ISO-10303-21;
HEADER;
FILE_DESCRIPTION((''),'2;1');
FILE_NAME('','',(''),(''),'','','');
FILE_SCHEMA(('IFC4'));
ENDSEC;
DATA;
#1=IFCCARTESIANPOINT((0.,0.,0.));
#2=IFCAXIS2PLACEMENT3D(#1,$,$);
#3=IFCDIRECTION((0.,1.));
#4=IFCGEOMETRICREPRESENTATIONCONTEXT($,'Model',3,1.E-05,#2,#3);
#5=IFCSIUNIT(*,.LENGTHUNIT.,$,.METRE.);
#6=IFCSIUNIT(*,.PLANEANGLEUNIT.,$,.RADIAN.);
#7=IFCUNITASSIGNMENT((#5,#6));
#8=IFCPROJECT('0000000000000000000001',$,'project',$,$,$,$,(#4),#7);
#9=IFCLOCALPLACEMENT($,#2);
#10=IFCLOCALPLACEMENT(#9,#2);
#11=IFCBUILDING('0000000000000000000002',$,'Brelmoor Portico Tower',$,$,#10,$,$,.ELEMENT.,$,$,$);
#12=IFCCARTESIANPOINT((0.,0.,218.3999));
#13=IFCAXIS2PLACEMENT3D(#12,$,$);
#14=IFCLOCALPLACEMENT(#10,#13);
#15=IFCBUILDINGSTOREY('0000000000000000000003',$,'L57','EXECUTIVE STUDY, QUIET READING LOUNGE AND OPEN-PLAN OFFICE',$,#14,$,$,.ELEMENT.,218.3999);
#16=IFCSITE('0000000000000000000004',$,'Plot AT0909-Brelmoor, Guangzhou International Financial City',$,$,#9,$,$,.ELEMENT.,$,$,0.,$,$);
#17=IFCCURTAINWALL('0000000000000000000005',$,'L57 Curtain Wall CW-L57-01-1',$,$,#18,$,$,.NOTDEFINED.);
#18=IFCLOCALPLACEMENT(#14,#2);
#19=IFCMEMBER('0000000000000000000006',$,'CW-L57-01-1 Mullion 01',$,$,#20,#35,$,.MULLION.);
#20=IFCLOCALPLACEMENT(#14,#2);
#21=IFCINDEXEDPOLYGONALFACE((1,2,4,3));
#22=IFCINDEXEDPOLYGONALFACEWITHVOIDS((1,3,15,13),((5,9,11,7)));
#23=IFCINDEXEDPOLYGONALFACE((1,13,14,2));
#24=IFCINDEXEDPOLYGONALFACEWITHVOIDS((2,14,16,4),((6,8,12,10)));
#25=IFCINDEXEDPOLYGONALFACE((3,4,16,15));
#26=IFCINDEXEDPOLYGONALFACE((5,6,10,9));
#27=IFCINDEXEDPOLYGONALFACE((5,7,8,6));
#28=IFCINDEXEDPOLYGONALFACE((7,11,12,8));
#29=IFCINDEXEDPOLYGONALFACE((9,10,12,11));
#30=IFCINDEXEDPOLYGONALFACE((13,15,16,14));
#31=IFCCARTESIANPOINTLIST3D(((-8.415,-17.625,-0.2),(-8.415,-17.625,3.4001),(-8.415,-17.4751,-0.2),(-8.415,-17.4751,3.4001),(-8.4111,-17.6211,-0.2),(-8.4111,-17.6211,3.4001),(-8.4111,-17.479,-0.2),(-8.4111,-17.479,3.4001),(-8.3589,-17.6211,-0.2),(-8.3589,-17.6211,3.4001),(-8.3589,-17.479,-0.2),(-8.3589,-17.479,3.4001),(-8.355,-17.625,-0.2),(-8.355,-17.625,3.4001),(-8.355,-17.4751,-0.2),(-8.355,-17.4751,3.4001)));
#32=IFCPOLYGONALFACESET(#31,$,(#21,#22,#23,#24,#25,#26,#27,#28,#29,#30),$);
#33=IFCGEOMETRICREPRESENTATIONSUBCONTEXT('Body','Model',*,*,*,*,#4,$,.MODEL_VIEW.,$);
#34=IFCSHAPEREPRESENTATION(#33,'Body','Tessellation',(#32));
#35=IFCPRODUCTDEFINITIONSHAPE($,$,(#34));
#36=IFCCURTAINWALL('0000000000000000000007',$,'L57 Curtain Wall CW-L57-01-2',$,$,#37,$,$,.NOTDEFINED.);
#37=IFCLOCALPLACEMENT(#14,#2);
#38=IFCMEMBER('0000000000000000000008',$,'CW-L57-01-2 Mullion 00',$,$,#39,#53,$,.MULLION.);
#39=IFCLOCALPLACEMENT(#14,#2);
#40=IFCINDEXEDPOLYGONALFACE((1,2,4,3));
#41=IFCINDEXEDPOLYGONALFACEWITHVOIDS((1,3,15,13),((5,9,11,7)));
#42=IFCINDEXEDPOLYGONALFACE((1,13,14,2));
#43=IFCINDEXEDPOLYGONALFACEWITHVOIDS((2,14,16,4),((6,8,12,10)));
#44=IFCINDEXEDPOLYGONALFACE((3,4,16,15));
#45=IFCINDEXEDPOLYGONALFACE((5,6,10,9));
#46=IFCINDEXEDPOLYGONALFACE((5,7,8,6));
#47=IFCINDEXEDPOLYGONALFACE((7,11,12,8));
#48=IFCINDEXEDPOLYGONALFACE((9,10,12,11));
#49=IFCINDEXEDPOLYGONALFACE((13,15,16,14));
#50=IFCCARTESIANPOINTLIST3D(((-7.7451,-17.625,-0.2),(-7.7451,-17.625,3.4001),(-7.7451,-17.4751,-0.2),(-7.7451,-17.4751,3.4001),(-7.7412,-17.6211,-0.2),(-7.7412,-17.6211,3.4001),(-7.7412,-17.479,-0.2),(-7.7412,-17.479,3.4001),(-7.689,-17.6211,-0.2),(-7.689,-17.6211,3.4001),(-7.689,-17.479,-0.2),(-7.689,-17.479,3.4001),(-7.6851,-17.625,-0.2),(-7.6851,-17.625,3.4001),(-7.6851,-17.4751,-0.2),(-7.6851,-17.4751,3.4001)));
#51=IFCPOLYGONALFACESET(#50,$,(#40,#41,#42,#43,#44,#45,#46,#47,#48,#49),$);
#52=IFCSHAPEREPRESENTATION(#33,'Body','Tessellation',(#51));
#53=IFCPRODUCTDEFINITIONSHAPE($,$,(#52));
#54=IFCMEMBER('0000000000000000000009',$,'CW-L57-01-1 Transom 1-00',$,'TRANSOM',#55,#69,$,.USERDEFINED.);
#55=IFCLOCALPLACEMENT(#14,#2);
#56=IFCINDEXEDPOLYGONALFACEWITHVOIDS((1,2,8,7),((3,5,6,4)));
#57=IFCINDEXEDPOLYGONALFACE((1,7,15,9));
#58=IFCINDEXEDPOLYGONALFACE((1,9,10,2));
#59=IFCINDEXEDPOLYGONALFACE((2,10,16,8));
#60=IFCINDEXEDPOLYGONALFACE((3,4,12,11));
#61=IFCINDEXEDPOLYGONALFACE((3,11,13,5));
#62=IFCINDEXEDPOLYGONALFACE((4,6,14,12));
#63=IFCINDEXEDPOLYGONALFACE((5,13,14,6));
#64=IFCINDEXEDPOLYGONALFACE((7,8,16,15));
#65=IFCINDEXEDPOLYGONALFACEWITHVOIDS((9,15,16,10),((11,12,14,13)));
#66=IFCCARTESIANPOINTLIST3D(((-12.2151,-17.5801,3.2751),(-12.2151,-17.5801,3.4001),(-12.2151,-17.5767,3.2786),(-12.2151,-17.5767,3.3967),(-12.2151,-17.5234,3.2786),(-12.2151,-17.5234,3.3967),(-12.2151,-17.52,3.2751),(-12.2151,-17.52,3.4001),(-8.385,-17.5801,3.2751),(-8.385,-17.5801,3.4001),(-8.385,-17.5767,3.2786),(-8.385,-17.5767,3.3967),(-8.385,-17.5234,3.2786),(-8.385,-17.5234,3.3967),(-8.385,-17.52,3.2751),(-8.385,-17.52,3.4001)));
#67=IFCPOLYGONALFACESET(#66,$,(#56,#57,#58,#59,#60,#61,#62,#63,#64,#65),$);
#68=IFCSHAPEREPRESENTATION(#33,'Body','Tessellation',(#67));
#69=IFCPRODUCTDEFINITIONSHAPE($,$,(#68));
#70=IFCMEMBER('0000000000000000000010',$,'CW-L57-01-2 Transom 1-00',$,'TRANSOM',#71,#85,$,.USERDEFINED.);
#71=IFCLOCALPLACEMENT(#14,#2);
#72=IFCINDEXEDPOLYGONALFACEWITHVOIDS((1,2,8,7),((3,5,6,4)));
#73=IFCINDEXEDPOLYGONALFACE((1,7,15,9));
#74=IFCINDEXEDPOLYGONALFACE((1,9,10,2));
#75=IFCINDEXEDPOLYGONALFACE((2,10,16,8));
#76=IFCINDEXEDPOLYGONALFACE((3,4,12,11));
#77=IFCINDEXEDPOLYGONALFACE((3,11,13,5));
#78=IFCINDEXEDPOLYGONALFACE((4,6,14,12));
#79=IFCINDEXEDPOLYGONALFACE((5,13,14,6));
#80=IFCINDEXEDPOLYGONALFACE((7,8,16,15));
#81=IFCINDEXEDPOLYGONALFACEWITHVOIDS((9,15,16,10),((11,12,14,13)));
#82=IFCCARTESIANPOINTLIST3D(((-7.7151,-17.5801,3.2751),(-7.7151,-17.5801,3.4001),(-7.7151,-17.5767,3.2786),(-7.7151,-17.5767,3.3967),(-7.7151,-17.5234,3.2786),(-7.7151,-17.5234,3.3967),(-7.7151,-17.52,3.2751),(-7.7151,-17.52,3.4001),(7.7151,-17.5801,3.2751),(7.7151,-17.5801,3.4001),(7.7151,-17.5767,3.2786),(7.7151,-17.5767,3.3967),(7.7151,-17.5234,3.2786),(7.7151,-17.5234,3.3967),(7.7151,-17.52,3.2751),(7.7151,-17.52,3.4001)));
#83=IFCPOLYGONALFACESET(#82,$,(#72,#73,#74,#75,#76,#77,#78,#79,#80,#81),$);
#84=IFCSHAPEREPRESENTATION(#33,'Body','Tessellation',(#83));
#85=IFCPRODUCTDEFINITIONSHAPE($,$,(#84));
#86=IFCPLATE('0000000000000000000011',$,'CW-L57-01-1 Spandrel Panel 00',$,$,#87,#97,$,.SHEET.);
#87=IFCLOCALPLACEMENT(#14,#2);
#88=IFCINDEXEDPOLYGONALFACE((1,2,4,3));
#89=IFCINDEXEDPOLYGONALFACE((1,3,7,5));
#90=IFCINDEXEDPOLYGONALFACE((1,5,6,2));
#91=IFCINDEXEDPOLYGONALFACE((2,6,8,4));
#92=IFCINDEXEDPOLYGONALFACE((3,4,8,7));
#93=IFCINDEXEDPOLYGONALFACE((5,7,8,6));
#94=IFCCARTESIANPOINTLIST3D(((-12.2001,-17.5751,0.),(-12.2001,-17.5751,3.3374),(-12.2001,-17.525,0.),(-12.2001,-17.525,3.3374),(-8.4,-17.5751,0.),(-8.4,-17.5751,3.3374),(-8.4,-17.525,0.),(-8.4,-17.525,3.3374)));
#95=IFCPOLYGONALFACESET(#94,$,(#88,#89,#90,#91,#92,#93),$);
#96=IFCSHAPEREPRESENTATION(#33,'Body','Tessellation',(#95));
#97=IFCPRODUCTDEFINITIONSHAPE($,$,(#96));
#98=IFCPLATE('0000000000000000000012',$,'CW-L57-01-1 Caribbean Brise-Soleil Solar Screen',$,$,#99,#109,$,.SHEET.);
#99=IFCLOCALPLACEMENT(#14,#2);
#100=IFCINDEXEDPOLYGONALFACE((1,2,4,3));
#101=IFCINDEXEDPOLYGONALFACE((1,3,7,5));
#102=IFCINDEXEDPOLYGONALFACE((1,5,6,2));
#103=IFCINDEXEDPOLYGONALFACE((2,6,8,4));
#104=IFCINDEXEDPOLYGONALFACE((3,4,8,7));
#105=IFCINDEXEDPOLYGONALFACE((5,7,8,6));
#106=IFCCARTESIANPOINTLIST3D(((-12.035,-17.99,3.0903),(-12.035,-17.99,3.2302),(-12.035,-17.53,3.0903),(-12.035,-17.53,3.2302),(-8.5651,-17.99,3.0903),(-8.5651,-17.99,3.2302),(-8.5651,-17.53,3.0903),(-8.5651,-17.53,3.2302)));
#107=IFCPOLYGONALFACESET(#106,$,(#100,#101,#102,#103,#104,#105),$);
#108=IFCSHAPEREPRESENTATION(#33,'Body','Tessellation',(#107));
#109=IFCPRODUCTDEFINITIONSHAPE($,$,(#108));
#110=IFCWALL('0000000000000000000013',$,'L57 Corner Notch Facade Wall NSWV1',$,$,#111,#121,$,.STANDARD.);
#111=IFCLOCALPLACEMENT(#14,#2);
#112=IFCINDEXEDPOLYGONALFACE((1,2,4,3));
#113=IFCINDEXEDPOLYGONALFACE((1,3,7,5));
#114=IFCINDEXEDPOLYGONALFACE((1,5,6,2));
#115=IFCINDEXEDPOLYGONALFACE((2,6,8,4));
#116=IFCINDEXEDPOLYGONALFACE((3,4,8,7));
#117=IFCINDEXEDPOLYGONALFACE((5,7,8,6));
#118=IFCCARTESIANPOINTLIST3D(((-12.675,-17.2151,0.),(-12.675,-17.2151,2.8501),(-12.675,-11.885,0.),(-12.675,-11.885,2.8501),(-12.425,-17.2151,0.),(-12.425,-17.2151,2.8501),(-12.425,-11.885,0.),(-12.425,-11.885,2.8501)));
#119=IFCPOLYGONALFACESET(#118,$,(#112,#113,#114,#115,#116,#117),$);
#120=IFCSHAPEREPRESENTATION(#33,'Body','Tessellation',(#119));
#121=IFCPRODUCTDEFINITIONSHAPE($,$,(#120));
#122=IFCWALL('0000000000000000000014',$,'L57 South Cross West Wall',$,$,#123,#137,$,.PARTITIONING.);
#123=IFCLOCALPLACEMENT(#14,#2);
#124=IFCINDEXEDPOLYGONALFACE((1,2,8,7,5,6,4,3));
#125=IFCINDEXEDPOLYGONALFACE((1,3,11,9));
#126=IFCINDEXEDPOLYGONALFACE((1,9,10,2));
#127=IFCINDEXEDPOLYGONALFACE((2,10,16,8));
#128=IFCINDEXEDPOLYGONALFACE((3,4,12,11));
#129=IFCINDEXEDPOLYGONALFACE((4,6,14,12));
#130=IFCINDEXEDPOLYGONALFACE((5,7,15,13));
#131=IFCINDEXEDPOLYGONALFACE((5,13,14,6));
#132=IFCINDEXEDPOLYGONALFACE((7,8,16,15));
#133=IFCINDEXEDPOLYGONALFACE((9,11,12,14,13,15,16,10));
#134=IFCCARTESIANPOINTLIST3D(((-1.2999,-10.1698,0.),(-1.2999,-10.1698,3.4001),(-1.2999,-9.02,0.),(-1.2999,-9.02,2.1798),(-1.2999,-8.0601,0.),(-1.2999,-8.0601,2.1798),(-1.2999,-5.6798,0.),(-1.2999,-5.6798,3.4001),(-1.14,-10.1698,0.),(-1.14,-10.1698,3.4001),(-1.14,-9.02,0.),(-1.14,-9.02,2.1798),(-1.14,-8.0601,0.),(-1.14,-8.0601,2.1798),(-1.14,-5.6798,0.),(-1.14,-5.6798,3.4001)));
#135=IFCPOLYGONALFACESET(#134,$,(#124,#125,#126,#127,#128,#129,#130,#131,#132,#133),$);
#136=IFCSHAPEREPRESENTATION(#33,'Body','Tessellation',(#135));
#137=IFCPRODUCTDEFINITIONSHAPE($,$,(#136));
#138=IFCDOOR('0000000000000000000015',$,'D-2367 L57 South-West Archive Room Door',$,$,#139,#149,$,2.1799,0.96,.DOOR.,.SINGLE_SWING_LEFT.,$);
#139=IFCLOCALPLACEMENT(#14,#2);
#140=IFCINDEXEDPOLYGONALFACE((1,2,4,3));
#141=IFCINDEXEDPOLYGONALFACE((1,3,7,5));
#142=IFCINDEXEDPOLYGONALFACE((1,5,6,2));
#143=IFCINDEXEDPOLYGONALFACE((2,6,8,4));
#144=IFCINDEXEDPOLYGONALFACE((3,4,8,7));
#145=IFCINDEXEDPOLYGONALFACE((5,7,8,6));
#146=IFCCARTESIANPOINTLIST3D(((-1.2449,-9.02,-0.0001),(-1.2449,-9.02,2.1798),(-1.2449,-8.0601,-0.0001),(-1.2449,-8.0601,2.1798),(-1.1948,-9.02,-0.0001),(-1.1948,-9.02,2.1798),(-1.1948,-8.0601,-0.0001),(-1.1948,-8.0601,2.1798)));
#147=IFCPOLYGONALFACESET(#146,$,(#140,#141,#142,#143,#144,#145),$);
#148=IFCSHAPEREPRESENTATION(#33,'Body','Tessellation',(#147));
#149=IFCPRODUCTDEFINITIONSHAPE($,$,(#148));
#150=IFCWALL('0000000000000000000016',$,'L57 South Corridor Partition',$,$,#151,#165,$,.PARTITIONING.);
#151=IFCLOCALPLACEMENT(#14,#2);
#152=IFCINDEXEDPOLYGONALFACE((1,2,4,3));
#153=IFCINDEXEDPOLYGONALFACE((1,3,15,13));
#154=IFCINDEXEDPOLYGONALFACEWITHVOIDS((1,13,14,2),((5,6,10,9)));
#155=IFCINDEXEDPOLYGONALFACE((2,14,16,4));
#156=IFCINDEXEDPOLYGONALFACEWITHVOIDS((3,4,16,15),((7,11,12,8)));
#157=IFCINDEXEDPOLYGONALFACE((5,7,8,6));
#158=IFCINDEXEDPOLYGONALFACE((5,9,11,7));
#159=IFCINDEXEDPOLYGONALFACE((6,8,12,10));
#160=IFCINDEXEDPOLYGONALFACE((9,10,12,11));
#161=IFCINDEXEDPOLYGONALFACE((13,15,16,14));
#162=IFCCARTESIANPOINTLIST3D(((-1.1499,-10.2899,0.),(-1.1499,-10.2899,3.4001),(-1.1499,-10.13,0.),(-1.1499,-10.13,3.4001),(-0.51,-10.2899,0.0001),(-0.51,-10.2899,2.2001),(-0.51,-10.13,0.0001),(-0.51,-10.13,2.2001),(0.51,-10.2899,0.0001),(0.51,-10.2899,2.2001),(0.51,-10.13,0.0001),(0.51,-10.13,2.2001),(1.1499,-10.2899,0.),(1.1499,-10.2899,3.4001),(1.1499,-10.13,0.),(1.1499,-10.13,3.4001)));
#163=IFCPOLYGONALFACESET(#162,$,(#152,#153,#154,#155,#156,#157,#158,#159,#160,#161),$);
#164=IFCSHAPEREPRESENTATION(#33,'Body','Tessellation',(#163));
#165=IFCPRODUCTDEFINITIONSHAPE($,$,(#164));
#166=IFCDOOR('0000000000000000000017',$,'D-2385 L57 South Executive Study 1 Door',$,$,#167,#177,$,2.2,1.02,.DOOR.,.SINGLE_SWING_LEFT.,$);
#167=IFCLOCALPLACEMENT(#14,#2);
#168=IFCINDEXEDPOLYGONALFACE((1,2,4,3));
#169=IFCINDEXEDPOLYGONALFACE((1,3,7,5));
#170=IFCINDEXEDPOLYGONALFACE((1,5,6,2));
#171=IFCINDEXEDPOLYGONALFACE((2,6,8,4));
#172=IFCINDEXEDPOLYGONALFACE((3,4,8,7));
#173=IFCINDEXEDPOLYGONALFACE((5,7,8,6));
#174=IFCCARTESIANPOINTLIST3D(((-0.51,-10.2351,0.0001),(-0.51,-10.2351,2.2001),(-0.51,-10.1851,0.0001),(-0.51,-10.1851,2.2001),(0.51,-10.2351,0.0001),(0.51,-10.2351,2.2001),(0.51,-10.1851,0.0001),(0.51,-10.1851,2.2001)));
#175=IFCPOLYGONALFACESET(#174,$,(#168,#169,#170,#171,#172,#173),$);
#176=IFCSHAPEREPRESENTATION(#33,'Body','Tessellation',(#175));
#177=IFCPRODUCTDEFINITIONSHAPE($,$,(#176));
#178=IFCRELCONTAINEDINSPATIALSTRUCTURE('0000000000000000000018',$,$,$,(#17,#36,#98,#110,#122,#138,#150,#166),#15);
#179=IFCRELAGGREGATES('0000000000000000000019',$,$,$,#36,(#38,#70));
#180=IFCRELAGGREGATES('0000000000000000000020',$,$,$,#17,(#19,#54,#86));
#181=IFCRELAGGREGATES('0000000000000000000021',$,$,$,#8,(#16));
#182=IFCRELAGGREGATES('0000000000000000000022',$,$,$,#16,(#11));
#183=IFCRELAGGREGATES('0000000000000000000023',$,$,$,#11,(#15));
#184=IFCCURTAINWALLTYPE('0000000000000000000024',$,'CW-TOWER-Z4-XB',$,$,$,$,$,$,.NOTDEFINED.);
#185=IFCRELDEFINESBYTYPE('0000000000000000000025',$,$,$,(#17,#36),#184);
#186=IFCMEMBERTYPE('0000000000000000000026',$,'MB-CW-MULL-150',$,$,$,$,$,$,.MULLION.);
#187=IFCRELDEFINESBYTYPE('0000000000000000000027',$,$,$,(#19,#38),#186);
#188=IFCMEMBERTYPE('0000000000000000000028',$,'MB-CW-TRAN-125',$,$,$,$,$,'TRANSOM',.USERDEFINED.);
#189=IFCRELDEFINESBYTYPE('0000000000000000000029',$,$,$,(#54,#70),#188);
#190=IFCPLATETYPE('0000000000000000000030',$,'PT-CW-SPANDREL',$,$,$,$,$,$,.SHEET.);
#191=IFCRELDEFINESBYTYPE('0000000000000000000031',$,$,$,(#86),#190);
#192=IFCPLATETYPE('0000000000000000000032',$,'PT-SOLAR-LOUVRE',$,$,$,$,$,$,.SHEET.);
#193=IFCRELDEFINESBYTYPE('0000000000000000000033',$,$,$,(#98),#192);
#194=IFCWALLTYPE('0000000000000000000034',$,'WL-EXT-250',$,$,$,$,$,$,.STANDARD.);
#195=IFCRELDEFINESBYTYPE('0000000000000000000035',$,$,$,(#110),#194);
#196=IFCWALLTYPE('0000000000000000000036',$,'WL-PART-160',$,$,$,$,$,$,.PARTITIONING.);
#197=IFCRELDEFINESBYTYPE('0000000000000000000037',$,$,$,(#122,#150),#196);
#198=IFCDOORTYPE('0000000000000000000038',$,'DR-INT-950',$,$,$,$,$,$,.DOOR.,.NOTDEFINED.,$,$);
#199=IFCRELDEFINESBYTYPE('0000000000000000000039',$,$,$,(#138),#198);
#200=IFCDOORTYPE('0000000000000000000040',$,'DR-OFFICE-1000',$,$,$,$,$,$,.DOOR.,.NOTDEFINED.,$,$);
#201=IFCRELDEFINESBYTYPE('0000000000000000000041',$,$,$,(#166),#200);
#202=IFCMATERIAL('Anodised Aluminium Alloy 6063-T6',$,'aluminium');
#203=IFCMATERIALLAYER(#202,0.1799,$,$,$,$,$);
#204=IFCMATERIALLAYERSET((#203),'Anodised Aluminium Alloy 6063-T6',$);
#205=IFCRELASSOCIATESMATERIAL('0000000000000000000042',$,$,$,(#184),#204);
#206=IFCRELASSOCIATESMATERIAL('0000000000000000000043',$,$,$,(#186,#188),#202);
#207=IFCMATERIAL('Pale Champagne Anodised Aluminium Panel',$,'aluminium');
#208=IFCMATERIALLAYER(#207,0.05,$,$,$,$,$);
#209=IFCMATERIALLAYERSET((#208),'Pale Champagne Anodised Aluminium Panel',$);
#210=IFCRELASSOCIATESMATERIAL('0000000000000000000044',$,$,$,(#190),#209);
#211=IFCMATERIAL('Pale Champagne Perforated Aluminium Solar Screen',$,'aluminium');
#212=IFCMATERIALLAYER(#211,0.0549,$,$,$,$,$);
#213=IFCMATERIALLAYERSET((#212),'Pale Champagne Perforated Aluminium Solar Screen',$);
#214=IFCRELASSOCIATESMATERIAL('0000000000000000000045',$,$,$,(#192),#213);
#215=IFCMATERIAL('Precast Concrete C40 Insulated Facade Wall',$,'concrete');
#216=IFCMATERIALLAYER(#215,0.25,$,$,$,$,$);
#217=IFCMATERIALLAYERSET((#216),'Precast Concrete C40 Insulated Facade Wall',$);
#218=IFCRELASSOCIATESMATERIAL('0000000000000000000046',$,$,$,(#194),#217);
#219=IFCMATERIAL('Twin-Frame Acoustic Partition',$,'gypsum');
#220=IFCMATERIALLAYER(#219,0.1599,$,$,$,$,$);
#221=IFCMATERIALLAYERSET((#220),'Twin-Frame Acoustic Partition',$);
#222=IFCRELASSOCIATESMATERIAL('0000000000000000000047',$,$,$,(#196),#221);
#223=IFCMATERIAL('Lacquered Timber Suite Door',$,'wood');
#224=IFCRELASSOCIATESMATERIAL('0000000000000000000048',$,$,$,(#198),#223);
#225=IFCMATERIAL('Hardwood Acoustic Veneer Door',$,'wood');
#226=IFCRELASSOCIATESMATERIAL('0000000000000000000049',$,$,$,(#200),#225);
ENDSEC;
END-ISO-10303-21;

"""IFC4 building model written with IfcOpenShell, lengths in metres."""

from ifc_helpers import new_model, si_unit, direction, frame, frame_2d, origin, origin_2d, place, context, subcontext, project, spatial, rectangle, hollow_rectangle, extrude, material, layer, layer_set, material_profile, profile_set, type_object, element, fill, aggregate, save


model = new_model("IFC4")

# Units and contexts
model_context = context("Model", 3, precision=1e-05, world=origin(), true_north=direction((0.0, 1.0)))
body_context = subcontext(model_context, "Body", "Model", "MODEL_VIEW")
ifc_project = project(units=[si_unit("LENGTHUNIT", "METRE"), si_unit("PLANEANGLEUNIT", "RADIAN")], contexts=[model_context])

# Site, building, storey
site_placement = place(None, origin())
site = spatial("IfcSite", under=ifc_project, at=site_placement, Name="Plot AT0909-Brelmoor, Guangzhou International Financial City", CompositionType="ELEMENT", RefElevation=0.0)
building_placement = place(site_placement, origin())
building = spatial("IfcBuilding", under=site, at=building_placement, Name="Brelmoor Portico Tower", CompositionType="ELEMENT")
storey_placement = place(building_placement, frame((0.0, 0.0, 218.3999)))
storey = spatial("IfcBuildingStorey", under=building, at=storey_placement, Name="L57", Description="EXECUTIVE STUDY, QUIET READING LOUNGE AND OPEN-PLAN OFFICE", CompositionType="ELEMENT", Elevation=218.3999)

# Curtain wall, member
ifc_material_1 = material(Name="Anodised Aluminium Alloy 6063-T6", Category="aluminium")
ifc_layer_1 = layer(ifc_material_1, 0.1799)
ifc_layer_set_1 = layer_set([ifc_layer_1], Name="Anodised Aluminium Alloy 6063-T6")
curtain_wall_type = type_object("IfcCurtainWallType", Name="CW-TOWER-Z4-XB", PredefinedType="NOTDEFINED", material=ifc_layer_set_1)
curtain_wall_1_placement = place(storey_placement, origin())
curtain_wall_1 = element("IfcCurtainWall", 1, at=curtain_wall_1_placement, inside=storey, type_object=curtain_wall_type, Name="L57 Curtain Wall CW-L57-01-1", PredefinedType="NOTDEFINED")
ifc_material_profile_1 = material_profile(ifc_material_1, hollow_rectangle(XDim=0.0601, YDim=0.1499, WallThickness=0.0039, at=origin_2d()), Name="ALU MULLION 60x150")
ifc_profile_set_1 = profile_set([ifc_material_profile_1], Name="Anodised Aluminium Alloy 6063-T6")
member_type_1 = type_object("IfcMemberType", Name="MB-CW-MULL-150", PredefinedType="MULLION", material=ifc_profile_set_1)
member_1_placement = place(storey_placement, frame((-8.385, -17.55, -0.2), z_axis=(0.0, 0.0, 1.0), x_axis=(1.0, 0.0, 0.0)))
member_1 = element("IfcMember", 2, at=member_1_placement, type_object=member_type_1, Name="CW-L57-01-1 Mullion 01", PredefinedType="MULLION", context=body_context, shape_type="SweptSolid", body=[
    extrude(hollow_rectangle(XDim=0.0601, YDim=0.1499, WallThickness=0.0039, at=origin_2d()), origin(), (0.0, 0.0, 1.0), 3.6001),
])

# Curtain wall, member
curtain_wall_2_placement = place(storey_placement, origin())
curtain_wall_2 = element("IfcCurtainWall", 3, at=curtain_wall_2_placement, inside=storey, type_object=curtain_wall_type, Name="L57 Curtain Wall CW-L57-01-2", PredefinedType="NOTDEFINED")
member_2_placement = place(storey_placement, frame((-7.7151, -17.55, -0.2), z_axis=(0.0, 0.0, 1.0), x_axis=(1.0, 0.0, 0.0)))
member_2 = element("IfcMember", 4, at=member_2_placement, type_object=member_type_1, Name="CW-L57-01-2 Mullion 00", PredefinedType="MULLION", context=body_context, shape_type="SweptSolid", body=[
    extrude(hollow_rectangle(XDim=0.0601, YDim=0.1499, WallThickness=0.0039, at=origin_2d()), origin(), (0.0, 0.0, 1.0), 3.6001),
])

# Members
ifc_material_profile_2 = material_profile(ifc_material_1, hollow_rectangle(XDim=0.0601, YDim=0.125, WallThickness=0.0034, at=origin_2d()), Name="ALU TRANSOM 60x125")
ifc_profile_set_2 = profile_set([ifc_material_profile_2], Name="Anodised Aluminium Alloy 6063-T6")
member_type_2 = type_object("IfcMemberType", Name="MB-CW-TRAN-125", ElementType="TRANSOM", PredefinedType="USERDEFINED", material=ifc_profile_set_2)
member_3_placement = place(storey_placement, frame((-12.2151, -17.55, 3.3376), z_axis=(1.0, 0.0, 0.0), x_axis=(0.0, 1.0, 0.0)))
member_3 = element("IfcMember", 5, at=member_3_placement, type_object=member_type_2, Name="CW-L57-01-1 Transom 1-00", ObjectType="TRANSOM", PredefinedType="USERDEFINED", context=body_context, shape_type="SweptSolid", body=[
    extrude(hollow_rectangle(XDim=0.0601, YDim=0.125, WallThickness=0.0034, at=origin_2d()), origin(), (0.0, 0.0, 1.0), 3.8301),
])
member_4_placement = place(storey_placement, frame((-7.7151, -17.55, 3.3376), z_axis=(1.0, 0.0, 0.0), x_axis=(0.0, 1.0, 0.0)))
member_4 = element("IfcMember", 6, at=member_4_placement, type_object=member_type_2, Name="CW-L57-01-2 Transom 1-00", ObjectType="TRANSOM", PredefinedType="USERDEFINED", context=body_context, shape_type="SweptSolid", body=[
    extrude(hollow_rectangle(XDim=0.0601, YDim=0.125, WallThickness=0.0034, at=origin_2d()), origin(), (0.0, 0.0, 1.0), 15.4302),
])
aggregate(curtain_wall_2, [member_2, member_4])

# Plates
ifc_material_2 = material(Name="Pale Champagne Anodised Aluminium Panel", Category="aluminium")
ifc_layer_2 = layer(ifc_material_2, 0.05)
ifc_layer_set_2 = layer_set([ifc_layer_2], Name="Pale Champagne Anodised Aluminium Panel")
plate_type_1 = type_object("IfcPlateType", Name="PT-CW-SPANDREL", PredefinedType="SHEET", material=ifc_layer_set_2)
plate_1_placement = place(storey_placement, frame((-10.3, -17.55, 0.0), z_axis=(0.0, 0.0, 1.0), x_axis=(1.0, 0.0, 0.0)))
plate_1 = element("IfcPlate", 7, at=plate_1_placement, type_object=plate_type_1, Name="CW-L57-01-1 Spandrel Panel 00", PredefinedType="SHEET", context=body_context, shape_type="SweptSolid", body=[
    extrude(rectangle(XDim=3.8, YDim=0.05, at=origin_2d()), origin(), (0.0, 0.0, 1.0), 3.3374),
])
aggregate(curtain_wall_1, [member_1, member_3, plate_1])
ifc_material_3 = material(Name="Pale Champagne Perforated Aluminium Solar Screen", Category="aluminium")
ifc_layer_3 = layer(ifc_material_3, 0.0549)
ifc_layer_set_3 = layer_set([ifc_layer_3], Name="Pale Champagne Perforated Aluminium Solar Screen")
plate_type_2 = type_object("IfcPlateType", Name="PT-SOLAR-LOUVRE", PredefinedType="SHEET", material=ifc_layer_set_3)
plate_2_placement = place(storey_placement, frame((-10.3, -17.76, 3.0903), z_axis=(0.0, 0.0, 1.0), x_axis=(1.0, 0.0, 0.0)))
element("IfcPlate", 8, at=plate_2_placement, inside=storey, type_object=plate_type_2, Name="CW-L57-01-1 Caribbean Brise-Soleil Solar Screen", PredefinedType="SHEET", context=body_context, shape_type="SweptSolid", body=[
    extrude(rectangle(XDim=3.47, YDim=0.46, at=origin_2d()), origin(), (0.0, 0.0, 1.0), 0.1399),
])

# Wall
ifc_material_4 = material(Name="Precast Concrete C40 Insulated Facade Wall", Category="concrete")
ifc_layer_4 = layer(ifc_material_4, 0.25)
ifc_layer_set_4 = layer_set([ifc_layer_4], Name="Precast Concrete C40 Insulated Facade Wall")
wall_type_1 = type_object("IfcWallType", Name="WL-EXT-250", PredefinedType="STANDARD", material=ifc_layer_set_4)
wall_1_placement = place(storey_placement, frame((-12.55, -17.2151, 0.0), z_axis=(0.0, 0.0, 1.0), x_axis=(0.0, 1.0, 0.0)))
element("IfcWall", 9, at=wall_1_placement, inside=storey, type_object=wall_type_1, Name="L57 Corner Notch Facade Wall NSWV1", PredefinedType="STANDARD", context=body_context, shape_type="SweptSolid", body=[
    extrude(rectangle(XDim=5.3301, YDim=0.25, at=frame_2d((2.665, 0.0))), origin(), (0.0, 0.0, 1.0), 2.8501),
])

# Walls, openings, doors
ifc_material_5 = material(Name="Twin-Frame Acoustic Partition", Category="gypsum")
ifc_layer_5 = layer(ifc_material_5, 0.1599)
ifc_layer_set_5 = layer_set([ifc_layer_5], Name="Twin-Frame Acoustic Partition")
wall_type_2 = type_object("IfcWallType", Name="WL-PART-160", PredefinedType="PARTITIONING", material=ifc_layer_set_5)
wall_2_placement = place(storey_placement, frame((-1.22, -10.1699, 0.0), z_axis=(0.0, 0.0, 1.0), x_axis=(0.0, 1.0, 0.0)))
wall_2 = element("IfcWall", 10, at=wall_2_placement, inside=storey, type_object=wall_type_2, Name="L57 South Cross West Wall", PredefinedType="PARTITIONING", context=body_context, shape_type="SweptSolid", body=[
    extrude(rectangle(XDim=4.49, YDim=0.1599, at=frame_2d((2.2451, 0.0))), origin(), (0.0, 0.0, 1.0), 3.4001),
])
opening_1_placement = place(wall_2_placement, frame((1.1499, 0.0, 0.0)))
opening_1 = element("IfcOpeningElement", 11, at=opening_1_placement, cuts=wall_2, PredefinedType="OPENING", context=body_context, shape_type="SweptSolid", body=[
    extrude(rectangle(XDim=0.96, YDim=2.1799, at=frame_2d((0.48, 1.0898))), frame((0.0, 0.0898, 0.0), z_axis=(0.0, -1.0, 0.0), x_axis=(1.0, 0.0, 0.0)), (0.0, 0.0, 1.0), 0.1799),
])
ifc_material_6 = material(Name="Lacquered Timber Suite Door", Category="wood")
door_type_1 = type_object("IfcDoorType", Name="DR-INT-950", OperationType="NOTDEFINED", PredefinedType="DOOR", material=ifc_material_6)
door_1_placement = place(opening_1_placement, origin())
door_1 = element("IfcDoor", 12, at=door_1_placement, inside=storey, type_object=door_type_1, Name="D-2367 L57 South-West Archive Room Door", OperationType="SINGLE_SWING_LEFT", OverallHeight=2.1799, OverallWidth=0.96, PredefinedType="DOOR", context=body_context, shape_type="SweptSolid", body=[
    extrude(rectangle(XDim=0.96, YDim=2.1799, at=frame_2d((0.48, 1.0898))), frame((0.0, 0.0249, 0.0), z_axis=(0.0, -1.0, 0.0), x_axis=(1.0, 0.0, 0.0)), (0.0, 0.0, 1.0), 0.05),
])
fill(opening_1, door_1)
wall_3_placement = place(storey_placement, frame((-1.1499, -10.21, 0.0), z_axis=(0.0, 0.0, 1.0), x_axis=(1.0, 0.0, 0.0)))
wall_3 = element("IfcWall", 13, at=wall_3_placement, inside=storey, type_object=wall_type_2, Name="L57 South Corridor Partition", PredefinedType="PARTITIONING", context=body_context, shape_type="SweptSolid", body=[
    extrude(rectangle(XDim=2.2998, YDim=0.1599, at=frame_2d((1.1499, 0.0))), origin(), (0.0, 0.0, 1.0), 3.4001),
])
opening_2_placement = place(wall_3_placement, frame((0.6399, 0.0, 0.0)))
opening_2 = element("IfcOpeningElement", 14, at=opening_2_placement, cuts=wall_3, PredefinedType="OPENING", context=body_context, shape_type="SweptSolid", body=[
    extrude(rectangle(XDim=1.02, YDim=2.2, at=frame_2d((0.51, 1.1001))), frame((0.0, 0.0898, 0.0), z_axis=(0.0, -1.0, 0.0), x_axis=(1.0, 0.0, 0.0)), (0.0, 0.0, 1.0), 0.1799),
])
ifc_material_7 = material(Name="Hardwood Acoustic Veneer Door", Category="wood")
door_type_2 = type_object("IfcDoorType", Name="DR-OFFICE-1000", OperationType="NOTDEFINED", PredefinedType="DOOR", material=ifc_material_7)
door_2_placement = place(opening_2_placement, origin())
door_2 = element("IfcDoor", 15, at=door_2_placement, inside=storey, type_object=door_type_2, Name="D-2385 L57 South Executive Study 1 Door", OperationType="SINGLE_SWING_LEFT", OverallHeight=2.2, OverallWidth=1.02, PredefinedType="DOOR", context=body_context, shape_type="SweptSolid", body=[
    extrude(rectangle(XDim=1.02, YDim=2.2, at=frame_2d((0.51, 1.1001))), frame((0.0, 0.0249, 0.0), z_axis=(0.0, -1.0, 0.0), x_axis=(1.0, 0.0, 0.0)), (0.0, 0.0, 1.0), 0.05),
])
fill(opening_2, door_2)

save(model, "model.ifc")
